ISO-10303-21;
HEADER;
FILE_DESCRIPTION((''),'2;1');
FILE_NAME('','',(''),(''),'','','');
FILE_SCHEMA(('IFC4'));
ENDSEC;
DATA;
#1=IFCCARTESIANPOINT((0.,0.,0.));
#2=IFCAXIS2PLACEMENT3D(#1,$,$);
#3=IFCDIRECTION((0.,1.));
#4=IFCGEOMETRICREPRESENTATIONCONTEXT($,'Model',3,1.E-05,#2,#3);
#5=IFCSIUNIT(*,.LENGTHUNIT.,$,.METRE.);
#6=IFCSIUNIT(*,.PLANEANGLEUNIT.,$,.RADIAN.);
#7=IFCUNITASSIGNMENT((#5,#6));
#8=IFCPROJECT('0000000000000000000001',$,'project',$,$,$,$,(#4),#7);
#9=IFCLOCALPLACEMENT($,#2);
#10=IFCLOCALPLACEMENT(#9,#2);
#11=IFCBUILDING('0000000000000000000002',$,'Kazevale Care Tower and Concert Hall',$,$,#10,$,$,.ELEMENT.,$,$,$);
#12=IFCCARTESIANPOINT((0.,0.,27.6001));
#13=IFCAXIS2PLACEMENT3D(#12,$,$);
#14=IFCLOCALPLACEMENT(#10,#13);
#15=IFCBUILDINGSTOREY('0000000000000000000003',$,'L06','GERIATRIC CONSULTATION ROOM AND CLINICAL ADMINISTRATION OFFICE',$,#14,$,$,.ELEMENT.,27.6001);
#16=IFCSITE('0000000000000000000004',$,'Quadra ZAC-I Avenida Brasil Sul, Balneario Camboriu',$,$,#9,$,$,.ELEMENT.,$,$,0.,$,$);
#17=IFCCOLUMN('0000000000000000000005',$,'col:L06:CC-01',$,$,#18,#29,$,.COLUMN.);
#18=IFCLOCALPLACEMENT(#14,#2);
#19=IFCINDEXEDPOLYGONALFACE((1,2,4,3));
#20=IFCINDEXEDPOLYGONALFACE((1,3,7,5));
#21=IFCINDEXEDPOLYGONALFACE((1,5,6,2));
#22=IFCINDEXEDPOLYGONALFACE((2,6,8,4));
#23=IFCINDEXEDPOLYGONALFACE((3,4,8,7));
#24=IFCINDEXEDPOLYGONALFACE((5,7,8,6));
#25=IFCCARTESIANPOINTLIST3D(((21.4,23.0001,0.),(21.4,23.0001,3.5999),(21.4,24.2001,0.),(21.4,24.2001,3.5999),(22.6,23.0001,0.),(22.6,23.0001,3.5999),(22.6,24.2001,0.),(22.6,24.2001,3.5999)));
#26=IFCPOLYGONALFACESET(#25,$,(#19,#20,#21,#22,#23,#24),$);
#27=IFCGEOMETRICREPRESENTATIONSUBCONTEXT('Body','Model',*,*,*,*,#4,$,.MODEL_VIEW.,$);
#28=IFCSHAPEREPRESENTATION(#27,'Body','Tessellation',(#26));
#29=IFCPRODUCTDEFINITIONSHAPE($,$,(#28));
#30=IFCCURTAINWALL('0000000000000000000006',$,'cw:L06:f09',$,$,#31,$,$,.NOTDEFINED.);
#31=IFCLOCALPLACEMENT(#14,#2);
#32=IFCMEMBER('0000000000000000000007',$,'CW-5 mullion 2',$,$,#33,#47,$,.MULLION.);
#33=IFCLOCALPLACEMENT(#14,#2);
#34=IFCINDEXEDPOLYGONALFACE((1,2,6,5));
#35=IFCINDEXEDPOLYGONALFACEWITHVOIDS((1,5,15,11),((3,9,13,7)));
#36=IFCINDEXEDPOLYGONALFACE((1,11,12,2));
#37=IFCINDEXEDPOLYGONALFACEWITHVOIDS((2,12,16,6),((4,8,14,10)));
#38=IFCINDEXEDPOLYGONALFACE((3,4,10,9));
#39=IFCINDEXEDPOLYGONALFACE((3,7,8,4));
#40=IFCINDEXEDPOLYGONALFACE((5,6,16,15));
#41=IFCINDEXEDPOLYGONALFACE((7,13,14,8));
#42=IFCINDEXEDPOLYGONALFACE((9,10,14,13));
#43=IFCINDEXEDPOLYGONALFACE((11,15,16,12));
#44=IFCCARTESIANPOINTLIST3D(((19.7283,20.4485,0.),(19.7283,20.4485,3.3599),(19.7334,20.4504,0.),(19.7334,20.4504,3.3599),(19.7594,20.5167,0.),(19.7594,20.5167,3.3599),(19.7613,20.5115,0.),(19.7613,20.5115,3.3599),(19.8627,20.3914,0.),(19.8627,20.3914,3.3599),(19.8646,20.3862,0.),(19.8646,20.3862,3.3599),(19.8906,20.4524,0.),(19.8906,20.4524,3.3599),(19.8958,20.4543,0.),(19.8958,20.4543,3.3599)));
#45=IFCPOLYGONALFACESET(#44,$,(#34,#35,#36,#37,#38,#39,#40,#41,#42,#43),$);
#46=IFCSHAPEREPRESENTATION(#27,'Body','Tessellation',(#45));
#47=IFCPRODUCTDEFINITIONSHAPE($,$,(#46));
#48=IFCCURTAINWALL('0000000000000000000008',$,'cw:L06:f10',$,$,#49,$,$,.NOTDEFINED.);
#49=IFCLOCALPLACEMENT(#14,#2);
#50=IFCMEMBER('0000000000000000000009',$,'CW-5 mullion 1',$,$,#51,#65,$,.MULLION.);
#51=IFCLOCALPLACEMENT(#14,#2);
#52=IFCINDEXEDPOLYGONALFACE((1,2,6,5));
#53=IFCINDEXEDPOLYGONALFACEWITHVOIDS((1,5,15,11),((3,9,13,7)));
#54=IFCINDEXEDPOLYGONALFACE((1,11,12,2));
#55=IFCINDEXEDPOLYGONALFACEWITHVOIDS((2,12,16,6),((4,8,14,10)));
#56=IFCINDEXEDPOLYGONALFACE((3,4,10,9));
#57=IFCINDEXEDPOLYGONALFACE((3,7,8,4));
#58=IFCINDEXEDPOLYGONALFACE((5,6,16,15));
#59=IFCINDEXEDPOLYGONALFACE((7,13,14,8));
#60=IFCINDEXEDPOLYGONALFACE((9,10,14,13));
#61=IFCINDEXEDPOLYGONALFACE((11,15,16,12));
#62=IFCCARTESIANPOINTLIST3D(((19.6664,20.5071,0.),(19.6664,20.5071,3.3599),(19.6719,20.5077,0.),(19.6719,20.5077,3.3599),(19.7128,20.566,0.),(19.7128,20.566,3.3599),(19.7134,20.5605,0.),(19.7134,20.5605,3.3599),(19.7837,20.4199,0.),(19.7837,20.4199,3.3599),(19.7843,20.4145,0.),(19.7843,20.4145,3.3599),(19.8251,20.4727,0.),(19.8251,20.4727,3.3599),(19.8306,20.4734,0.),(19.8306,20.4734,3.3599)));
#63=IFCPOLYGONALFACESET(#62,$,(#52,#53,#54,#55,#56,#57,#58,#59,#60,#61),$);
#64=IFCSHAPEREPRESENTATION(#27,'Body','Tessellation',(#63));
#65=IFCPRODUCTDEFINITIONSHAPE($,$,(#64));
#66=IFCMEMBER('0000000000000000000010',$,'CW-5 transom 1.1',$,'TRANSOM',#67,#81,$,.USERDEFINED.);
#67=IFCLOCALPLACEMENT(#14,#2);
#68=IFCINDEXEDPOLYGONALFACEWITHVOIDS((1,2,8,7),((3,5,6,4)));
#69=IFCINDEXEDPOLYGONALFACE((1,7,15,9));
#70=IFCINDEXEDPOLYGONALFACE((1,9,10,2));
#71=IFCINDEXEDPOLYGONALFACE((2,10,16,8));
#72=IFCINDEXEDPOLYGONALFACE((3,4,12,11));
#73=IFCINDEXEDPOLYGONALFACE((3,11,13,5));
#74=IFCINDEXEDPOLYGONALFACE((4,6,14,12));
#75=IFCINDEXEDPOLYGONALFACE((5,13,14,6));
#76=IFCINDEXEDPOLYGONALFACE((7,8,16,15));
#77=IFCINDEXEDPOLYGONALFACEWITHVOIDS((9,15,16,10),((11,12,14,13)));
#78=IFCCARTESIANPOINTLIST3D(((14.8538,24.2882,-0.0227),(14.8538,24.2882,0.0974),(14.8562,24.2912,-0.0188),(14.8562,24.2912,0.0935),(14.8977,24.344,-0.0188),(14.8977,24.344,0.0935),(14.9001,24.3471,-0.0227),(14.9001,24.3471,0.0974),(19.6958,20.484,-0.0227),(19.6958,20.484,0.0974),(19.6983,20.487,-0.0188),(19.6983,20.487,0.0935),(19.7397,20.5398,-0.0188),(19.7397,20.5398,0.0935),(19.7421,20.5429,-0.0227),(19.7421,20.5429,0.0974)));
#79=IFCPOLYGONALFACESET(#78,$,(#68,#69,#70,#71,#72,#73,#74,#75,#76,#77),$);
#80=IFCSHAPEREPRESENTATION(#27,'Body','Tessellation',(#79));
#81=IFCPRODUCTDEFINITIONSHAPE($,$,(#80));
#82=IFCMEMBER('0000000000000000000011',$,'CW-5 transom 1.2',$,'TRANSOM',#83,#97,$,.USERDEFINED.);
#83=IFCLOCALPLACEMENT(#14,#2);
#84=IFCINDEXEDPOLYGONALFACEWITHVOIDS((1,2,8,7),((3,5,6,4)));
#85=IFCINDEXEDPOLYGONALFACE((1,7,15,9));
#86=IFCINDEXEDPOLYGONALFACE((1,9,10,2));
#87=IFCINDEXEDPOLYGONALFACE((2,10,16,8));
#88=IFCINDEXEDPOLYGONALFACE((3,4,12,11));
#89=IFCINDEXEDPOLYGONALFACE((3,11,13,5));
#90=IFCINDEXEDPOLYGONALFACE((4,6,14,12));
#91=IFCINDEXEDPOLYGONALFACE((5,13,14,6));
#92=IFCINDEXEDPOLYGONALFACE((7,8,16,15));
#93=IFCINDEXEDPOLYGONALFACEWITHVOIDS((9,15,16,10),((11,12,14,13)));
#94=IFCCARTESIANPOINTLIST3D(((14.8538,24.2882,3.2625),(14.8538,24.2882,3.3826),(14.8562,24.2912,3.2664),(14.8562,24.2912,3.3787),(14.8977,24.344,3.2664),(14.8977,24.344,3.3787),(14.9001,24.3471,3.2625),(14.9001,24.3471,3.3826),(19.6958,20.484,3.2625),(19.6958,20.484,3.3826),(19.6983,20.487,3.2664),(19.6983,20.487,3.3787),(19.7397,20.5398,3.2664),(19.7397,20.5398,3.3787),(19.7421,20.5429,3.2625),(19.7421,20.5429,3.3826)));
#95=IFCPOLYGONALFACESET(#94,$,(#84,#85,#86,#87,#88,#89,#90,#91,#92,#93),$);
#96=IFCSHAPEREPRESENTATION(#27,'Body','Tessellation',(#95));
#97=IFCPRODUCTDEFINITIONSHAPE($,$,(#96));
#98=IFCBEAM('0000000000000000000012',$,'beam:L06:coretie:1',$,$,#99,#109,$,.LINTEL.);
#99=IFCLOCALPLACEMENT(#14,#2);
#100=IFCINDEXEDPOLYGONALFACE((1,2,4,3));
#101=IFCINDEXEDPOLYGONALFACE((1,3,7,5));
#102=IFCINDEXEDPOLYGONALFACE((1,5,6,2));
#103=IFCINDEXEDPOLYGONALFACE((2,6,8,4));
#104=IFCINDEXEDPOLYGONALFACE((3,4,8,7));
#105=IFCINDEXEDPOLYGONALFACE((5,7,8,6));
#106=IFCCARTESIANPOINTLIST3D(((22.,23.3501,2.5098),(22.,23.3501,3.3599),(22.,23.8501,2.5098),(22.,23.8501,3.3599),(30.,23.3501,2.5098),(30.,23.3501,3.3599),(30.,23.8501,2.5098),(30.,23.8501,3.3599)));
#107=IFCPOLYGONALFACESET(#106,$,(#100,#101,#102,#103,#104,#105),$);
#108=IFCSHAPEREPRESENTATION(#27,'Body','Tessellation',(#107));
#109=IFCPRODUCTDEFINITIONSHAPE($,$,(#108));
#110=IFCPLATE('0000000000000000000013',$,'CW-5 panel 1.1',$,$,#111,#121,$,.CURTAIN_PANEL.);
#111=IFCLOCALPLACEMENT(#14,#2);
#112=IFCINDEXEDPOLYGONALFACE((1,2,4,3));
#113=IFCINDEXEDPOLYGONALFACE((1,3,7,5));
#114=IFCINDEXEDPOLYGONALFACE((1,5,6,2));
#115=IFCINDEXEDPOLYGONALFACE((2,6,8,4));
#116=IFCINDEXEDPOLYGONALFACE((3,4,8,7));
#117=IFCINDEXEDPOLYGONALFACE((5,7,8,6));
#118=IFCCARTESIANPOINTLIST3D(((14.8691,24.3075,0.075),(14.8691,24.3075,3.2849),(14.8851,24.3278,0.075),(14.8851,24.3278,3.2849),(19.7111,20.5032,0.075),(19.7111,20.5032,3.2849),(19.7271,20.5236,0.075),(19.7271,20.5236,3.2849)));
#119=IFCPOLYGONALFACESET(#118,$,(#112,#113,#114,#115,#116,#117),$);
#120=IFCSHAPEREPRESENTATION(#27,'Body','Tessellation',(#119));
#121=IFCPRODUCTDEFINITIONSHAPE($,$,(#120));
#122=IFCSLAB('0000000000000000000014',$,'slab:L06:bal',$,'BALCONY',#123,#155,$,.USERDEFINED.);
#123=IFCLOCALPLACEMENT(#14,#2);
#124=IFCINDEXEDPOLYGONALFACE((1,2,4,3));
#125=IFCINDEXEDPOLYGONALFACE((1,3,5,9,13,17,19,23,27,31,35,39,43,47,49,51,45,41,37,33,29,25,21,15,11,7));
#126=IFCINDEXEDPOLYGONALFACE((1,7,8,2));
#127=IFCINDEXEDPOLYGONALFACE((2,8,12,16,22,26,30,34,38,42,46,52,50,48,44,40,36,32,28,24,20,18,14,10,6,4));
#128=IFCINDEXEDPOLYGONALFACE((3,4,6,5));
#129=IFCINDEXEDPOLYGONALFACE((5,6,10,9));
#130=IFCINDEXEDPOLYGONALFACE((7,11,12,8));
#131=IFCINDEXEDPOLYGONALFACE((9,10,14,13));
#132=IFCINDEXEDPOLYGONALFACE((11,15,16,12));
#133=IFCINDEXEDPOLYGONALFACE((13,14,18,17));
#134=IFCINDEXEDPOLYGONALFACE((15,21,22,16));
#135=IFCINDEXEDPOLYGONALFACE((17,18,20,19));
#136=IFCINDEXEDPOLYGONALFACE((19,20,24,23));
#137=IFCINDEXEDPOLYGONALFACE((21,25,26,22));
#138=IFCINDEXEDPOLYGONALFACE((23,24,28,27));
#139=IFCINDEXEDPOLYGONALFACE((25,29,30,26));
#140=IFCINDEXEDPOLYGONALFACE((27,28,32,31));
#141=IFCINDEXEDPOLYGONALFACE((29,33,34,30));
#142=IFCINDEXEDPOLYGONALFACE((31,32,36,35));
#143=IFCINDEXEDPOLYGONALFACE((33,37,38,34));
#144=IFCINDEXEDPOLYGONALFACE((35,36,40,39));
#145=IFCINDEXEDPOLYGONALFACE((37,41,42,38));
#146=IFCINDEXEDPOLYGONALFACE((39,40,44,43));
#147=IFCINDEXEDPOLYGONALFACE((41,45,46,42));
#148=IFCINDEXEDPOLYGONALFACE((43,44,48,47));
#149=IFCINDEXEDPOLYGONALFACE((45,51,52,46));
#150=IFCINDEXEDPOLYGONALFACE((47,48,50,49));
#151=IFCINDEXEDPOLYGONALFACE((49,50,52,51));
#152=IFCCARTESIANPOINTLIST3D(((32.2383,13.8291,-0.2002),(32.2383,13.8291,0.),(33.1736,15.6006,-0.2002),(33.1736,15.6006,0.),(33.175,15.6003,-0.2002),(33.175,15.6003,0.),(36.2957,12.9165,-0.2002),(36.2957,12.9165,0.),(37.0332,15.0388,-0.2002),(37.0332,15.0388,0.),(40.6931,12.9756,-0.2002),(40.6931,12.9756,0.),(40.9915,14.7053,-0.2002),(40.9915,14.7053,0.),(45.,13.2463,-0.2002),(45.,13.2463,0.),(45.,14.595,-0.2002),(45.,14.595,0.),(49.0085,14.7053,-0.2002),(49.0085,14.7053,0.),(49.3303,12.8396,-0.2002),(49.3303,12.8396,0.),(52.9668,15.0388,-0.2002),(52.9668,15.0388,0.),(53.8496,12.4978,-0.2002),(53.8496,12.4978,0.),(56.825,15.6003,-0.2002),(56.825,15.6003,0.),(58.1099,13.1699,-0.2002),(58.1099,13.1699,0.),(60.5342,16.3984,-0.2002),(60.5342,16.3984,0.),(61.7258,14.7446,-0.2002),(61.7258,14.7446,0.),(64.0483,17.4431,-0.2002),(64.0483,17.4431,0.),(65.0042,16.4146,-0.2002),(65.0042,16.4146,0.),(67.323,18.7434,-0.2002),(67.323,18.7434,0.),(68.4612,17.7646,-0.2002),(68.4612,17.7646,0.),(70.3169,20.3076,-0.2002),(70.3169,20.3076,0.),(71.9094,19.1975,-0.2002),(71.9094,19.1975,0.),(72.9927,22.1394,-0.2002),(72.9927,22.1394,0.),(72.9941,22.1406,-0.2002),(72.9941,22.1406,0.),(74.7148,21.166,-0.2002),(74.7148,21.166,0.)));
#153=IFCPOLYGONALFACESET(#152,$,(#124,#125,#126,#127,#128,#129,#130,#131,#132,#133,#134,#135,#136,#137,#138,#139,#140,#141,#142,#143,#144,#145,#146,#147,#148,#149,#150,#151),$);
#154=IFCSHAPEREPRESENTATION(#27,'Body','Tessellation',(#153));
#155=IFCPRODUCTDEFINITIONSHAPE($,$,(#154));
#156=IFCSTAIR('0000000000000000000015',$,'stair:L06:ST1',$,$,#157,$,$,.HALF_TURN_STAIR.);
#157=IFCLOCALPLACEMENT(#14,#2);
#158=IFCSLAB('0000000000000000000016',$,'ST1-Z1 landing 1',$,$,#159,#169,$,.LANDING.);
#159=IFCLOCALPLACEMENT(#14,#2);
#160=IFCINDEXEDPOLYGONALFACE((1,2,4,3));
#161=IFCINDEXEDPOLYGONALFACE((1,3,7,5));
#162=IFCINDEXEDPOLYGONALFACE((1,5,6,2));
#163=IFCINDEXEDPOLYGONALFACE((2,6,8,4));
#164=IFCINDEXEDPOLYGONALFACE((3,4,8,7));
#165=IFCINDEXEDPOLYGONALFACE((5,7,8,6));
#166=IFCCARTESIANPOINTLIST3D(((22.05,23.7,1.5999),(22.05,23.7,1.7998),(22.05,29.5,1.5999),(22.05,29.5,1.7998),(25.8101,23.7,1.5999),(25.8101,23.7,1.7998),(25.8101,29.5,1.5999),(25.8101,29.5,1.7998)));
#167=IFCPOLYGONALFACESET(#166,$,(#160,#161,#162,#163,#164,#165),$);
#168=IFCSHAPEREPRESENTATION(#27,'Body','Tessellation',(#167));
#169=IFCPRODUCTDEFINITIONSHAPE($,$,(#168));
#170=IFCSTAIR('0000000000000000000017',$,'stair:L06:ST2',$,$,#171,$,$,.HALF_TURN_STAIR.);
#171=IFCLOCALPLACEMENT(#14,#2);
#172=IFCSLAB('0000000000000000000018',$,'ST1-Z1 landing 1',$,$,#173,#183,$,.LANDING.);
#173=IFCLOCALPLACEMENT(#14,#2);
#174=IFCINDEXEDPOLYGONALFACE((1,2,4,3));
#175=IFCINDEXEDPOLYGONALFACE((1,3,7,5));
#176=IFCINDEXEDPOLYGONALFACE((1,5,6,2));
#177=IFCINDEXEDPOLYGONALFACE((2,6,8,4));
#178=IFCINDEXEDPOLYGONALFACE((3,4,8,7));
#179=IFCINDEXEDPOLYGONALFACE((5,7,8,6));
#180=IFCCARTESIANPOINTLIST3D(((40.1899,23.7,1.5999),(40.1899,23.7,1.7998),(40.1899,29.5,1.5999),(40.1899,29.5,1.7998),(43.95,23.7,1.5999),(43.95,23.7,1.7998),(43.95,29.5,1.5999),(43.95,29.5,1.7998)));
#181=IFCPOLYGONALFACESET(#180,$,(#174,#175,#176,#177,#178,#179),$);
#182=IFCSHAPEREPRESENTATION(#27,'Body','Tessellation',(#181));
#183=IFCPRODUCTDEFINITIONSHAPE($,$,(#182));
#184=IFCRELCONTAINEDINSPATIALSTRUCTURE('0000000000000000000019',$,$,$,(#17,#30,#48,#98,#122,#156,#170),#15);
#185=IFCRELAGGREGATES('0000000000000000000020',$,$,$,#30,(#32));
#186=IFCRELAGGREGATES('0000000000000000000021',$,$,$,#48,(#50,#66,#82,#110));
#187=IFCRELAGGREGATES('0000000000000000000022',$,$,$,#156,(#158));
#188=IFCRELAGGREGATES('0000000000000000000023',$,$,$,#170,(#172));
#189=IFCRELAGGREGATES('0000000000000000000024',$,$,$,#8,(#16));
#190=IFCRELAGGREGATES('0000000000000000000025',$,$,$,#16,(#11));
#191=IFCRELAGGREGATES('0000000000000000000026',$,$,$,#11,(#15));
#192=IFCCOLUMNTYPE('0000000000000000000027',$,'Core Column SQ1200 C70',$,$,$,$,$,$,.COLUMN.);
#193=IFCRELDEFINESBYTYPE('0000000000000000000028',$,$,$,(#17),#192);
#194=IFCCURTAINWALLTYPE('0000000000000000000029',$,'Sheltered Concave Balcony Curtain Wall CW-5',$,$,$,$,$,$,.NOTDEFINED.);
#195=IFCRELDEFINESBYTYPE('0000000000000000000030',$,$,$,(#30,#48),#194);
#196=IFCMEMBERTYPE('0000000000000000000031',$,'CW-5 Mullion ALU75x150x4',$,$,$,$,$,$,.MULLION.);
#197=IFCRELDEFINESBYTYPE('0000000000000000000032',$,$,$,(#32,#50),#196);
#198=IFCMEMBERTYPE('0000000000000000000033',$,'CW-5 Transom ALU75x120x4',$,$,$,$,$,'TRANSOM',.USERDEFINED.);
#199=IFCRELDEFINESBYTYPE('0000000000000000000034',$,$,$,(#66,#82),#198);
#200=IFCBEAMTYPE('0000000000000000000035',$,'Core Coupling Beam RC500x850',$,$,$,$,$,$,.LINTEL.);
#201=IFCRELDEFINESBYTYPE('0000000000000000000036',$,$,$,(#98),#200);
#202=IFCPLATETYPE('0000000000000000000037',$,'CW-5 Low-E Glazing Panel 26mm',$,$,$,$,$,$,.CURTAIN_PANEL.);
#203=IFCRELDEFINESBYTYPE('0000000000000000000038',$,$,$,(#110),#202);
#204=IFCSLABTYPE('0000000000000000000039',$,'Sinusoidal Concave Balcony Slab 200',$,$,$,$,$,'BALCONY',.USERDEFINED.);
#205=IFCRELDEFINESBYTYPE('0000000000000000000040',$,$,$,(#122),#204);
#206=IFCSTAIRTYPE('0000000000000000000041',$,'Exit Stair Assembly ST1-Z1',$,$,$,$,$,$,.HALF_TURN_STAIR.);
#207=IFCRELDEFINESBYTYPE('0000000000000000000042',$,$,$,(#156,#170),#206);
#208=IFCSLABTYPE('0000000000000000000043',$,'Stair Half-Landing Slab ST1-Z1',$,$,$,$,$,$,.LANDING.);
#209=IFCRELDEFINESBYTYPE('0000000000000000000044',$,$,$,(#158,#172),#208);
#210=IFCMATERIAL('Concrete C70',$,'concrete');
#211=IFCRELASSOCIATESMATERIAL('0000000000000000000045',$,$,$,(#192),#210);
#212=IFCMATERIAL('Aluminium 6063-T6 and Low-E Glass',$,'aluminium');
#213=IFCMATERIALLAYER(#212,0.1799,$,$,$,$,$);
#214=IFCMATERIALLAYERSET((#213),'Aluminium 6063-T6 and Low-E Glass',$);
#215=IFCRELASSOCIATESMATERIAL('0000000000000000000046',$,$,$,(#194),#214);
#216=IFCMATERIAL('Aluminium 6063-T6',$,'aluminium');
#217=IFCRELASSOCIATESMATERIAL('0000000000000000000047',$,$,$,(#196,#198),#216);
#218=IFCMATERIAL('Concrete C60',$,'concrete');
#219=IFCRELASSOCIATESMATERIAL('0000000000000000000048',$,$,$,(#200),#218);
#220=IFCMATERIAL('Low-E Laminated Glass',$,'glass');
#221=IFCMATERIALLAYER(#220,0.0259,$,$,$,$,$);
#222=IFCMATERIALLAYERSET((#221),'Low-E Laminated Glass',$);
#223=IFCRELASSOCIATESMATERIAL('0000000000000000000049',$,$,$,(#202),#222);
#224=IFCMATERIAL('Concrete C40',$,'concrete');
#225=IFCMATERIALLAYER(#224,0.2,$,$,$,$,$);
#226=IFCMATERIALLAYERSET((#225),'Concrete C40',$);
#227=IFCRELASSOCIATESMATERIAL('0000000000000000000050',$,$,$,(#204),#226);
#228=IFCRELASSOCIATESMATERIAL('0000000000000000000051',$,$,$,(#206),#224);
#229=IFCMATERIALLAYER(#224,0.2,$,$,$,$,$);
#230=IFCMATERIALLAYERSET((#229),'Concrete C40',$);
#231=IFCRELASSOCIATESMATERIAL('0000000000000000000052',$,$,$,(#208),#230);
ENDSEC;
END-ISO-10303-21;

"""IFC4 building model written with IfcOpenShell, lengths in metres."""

from ifc_helpers import new_model, si_unit, direction, frame, origin, origin_2d, place, context, subcontext, project, spatial, polyline, rectangle, hollow_rectangle, outline, extrude, material, layer, layer_set, material_profile, profile_set, type_object, element, aggregate, save


model = new_model("IFC4")

# Units and contexts
model_context = context("Model", 3, precision=1e-05, world=origin(), true_north=direction((0.0, 1.0)))
body_context = subcontext(model_context, "Body", "Model", "MODEL_VIEW")
ifc_project = project(units=[si_unit("LENGTHUNIT", "METRE"), si_unit("PLANEANGLEUNIT", "RADIAN")], contexts=[model_context])

# Site, building, storey
site_placement = place(None, origin())
site = spatial("IfcSite", under=ifc_project, at=site_placement, Name="Quadra ZAC-I Avenida Brasil Sul, Balneario Camboriu", CompositionType="ELEMENT", RefElevation=0.0)
building_placement = place(site_placement, origin())
building = spatial("IfcBuilding", under=site, at=building_placement, Name="Kazevale Care Tower and Concert Hall", CompositionType="ELEMENT")
storey_placement = place(building_placement, frame((0.0, 0.0, 27.6001)))
storey = spatial("IfcBuildingStorey", under=building, at=storey_placement, Name="L06", Description="GERIATRIC CONSULTATION ROOM AND CLINICAL ADMINISTRATION OFFICE", CompositionType="ELEMENT", Elevation=27.6001)

# Column
ifc_material_1 = material(Name="Concrete C70", Category="concrete")
ifc_material_profile_1 = material_profile(ifc_material_1, rectangle(XDim=1.2, YDim=1.2, at=origin_2d()), Name="RC-SQ1200")
ifc_profile_set_1 = profile_set([ifc_material_profile_1], Name="Concrete C70")
column_type = type_object("IfcColumnType", Name="Core Column SQ1200 C70", PredefinedType="COLUMN", material=ifc_profile_set_1)
column_placement = place(storey_placement, frame((22.0, 23.6001, 0.0), z_axis=(0.0, 0.0, 1.0), x_axis=(1.0, 0.0, 0.0)))
element("IfcColumn", 1, at=column_placement, inside=storey, type_object=column_type, Name="col:L06:CC-01", PredefinedType="COLUMN", context=body_context, shape_type="SweptSolid", body=[
    extrude(rectangle(XDim=1.2, YDim=1.2, at=origin_2d()), origin(), (0.0, 0.0, 1.0), 3.5999),
])

# Curtain wall, member
ifc_material_2 = material(Name="Aluminium 6063-T6 and Low-E Glass", Category="aluminium")
ifc_layer_1 = layer(ifc_material_2, 0.1799)
ifc_layer_set_1 = layer_set([ifc_layer_1], Name="Aluminium 6063-T6 and Low-E Glass")
curtain_wall_type = type_object("IfcCurtainWallType", Name="Sheltered Concave Balcony Curtain Wall CW-5", PredefinedType="NOTDEFINED", material=ifc_layer_set_1)
curtain_wall_1_placement = place(storey_placement, origin())
curtain_wall_1 = element("IfcCurtainWall", 2, at=curtain_wall_1_placement, inside=storey, type_object=curtain_wall_type, Name="cw:L06:f09", PredefinedType="NOTDEFINED")
ifc_material_3 = material(Name="Aluminium 6063-T6", Category="aluminium")
ifc_material_profile_2 = material_profile(ifc_material_3, hollow_rectangle(XDim=0.075, YDim=0.1499, WallThickness=0.0039, at=origin_2d()), Name="ALU75x150x4")
ifc_profile_set_2 = profile_set([ifc_material_profile_2], Name="Aluminium 6063-T6")
member_type_1 = type_object("IfcMemberType", Name="CW-5 Mullion ALU75x150x4", PredefinedType="MULLION", material=ifc_profile_set_2)
member_1_placement = place(storey_placement, frame((19.812, 20.4514, 0.0), z_axis=(0.0, 0.0, 1.0), x_axis=(-0.41566, -0.90952, 0.0)))
member_1 = element("IfcMember", 3, at=member_1_placement, type_object=member_type_1, Name="CW-5 mullion 2", PredefinedType="MULLION", context=body_context, shape_type="SweptSolid", body=[
    extrude(hollow_rectangle(XDim=0.075, YDim=0.1499, WallThickness=0.0039, at=origin_2d()), origin(), (0.0, 0.0, 1.0), 3.3599),
])
aggregate(curtain_wall_1, [member_1])

# Curtain wall, members
curtain_wall_2_placement = place(storey_placement, origin())
curtain_wall_2 = element("IfcCurtainWall", 4, at=curtain_wall_2_placement, inside=storey, type_object=curtain_wall_type, Name="cw:L06:f10", PredefinedType="NOTDEFINED")
member_2_placement = place(storey_placement, frame((19.7485, 20.4902, 0.0), z_axis=(0.0, 0.0, 1.0), x_axis=(-0.617808, -0.786329, 0.0)))
member_2 = element("IfcMember", 5, at=member_2_placement, type_object=member_type_1, Name="CW-5 mullion 1", PredefinedType="MULLION", context=body_context, shape_type="SweptSolid", body=[
    extrude(hollow_rectangle(XDim=0.075, YDim=0.1499, WallThickness=0.0039, at=origin_2d()), origin(), (0.0, 0.0, 1.0), 3.3599),
])
ifc_material_profile_3 = material_profile(ifc_material_3, hollow_rectangle(XDim=0.075, YDim=0.1201, WallThickness=0.0039, at=origin_2d()), Name="ALU75x120x4")
ifc_profile_set_3 = profile_set([ifc_material_profile_3], Name="Aluminium 6063-T6")
member_type_2 = type_object("IfcMemberType", Name="CW-5 Transom ALU75x120x4", ElementType="TRANSOM", PredefinedType="USERDEFINED", material=ifc_profile_set_3)
member_3_placement = place(storey_placement, frame((19.719, 20.5134, 0.0374), z_axis=(-0.786339, 0.617795, 0.0), x_axis=(-0.617795, -0.786339, 0.0)))
member_3 = element("IfcMember", 6, at=member_3_placement, type_object=member_type_2, Name="CW-5 transom 1.1", ObjectType="TRANSOM", PredefinedType="USERDEFINED", context=body_context, shape_type="SweptSolid", body=[
    extrude(hollow_rectangle(XDim=0.075, YDim=0.1201, WallThickness=0.0039, at=origin_2d()), origin(), (0.0, 0.0, 1.0), 6.1577),
])
member_4_placement = place(storey_placement, frame((19.719, 20.5134, 3.3225), z_axis=(-0.786339, 0.617795, 0.0), x_axis=(-0.617795, -0.786339, 0.0)))
member_4 = element("IfcMember", 7, at=member_4_placement, type_object=member_type_2, Name="CW-5 transom 1.2", ObjectType="TRANSOM", PredefinedType="USERDEFINED", context=body_context, shape_type="SweptSolid", body=[
    extrude(hollow_rectangle(XDim=0.075, YDim=0.1201, WallThickness=0.0039, at=origin_2d()), origin(), (0.0, 0.0, 1.0), 6.1577),
])

# Beam
ifc_material_4 = material(Name="Concrete C60", Category="concrete")
ifc_material_profile_4 = material_profile(ifc_material_4, rectangle(XDim=0.5, YDim=0.8501, at=origin_2d()), Name="RC-B500x850")
ifc_profile_set_4 = profile_set([ifc_material_profile_4], Name="Concrete C60")
beam_type = type_object("IfcBeamType", Name="Core Coupling Beam RC500x850", PredefinedType="LINTEL", material=ifc_profile_set_4)
beam_placement = place(storey_placement, frame((22.0, 23.6001, 2.9348), z_axis=(1.0, 0.0, 0.0), x_axis=(0.0, 1.0, 0.0)))
element("IfcBeam", 8, at=beam_placement, inside=storey, type_object=beam_type, Name="beam:L06:coretie:1", PredefinedType="LINTEL", context=body_context, shape_type="SweptSolid", body=[
    extrude(rectangle(XDim=0.5, YDim=0.8501, at=origin_2d()), origin(), (0.0, 0.0, 1.0), 8.0),
])

# Plate
ifc_material_5 = material(Name="Low-E Laminated Glass", Category="glass")
ifc_layer_2 = layer(ifc_material_5, 0.0259)
ifc_layer_set_2 = layer_set([ifc_layer_2], Name="Low-E Laminated Glass")
plate_type = type_object("IfcPlateType", Name="CW-5 Low-E Glazing Panel 26mm", PredefinedType="CURTAIN_PANEL", material=ifc_layer_set_2)
plate_placement = place(storey_placement, frame((17.2981, 22.4155, 0.075), z_axis=(0.0, 0.0, 1.0), x_axis=(-0.786329, 0.617808, 0.0)))
plate = element("IfcPlate", 9, at=plate_placement, type_object=plate_type, Name="CW-5 panel 1.1", PredefinedType="CURTAIN_PANEL", context=body_context, shape_type="SweptSolid", body=[
    extrude(rectangle(XDim=6.1577, YDim=0.0259, at=origin_2d()), origin(), (0.0, 0.0, 1.0), 3.21),
])
aggregate(curtain_wall_2, [member_2, member_3, member_4, plate])

# Slab
ifc_material_6 = material(Name="Concrete C40", Category="concrete")
ifc_layer_3 = layer(ifc_material_6, 0.2)
ifc_layer_set_3 = layer_set([ifc_layer_3], Name="Concrete C40")
slab_type_1 = type_object("IfcSlabType", Name="Sinusoidal Concave Balcony Slab 200", ElementType="BALCONY", PredefinedType="USERDEFINED", material=ifc_layer_set_3)
slab_1_placement = place(storey_placement, frame((0.0, 0.0, -0.2002)))
element("IfcSlab", 10, at=slab_1_placement, inside=storey, type_object=slab_type_1, Name="slab:L06:bal", ObjectType="BALCONY", PredefinedType="USERDEFINED", context=body_context, shape_type="SweptSolid", body=[
    extrude(outline(polyline([(74.7148, 21.166), (71.9094, 19.1975), (68.4612, 17.7646), (65.0042, 16.4146), (61.7258, 14.7446), (58.1099, 13.1699), (53.8496, 12.4978), (49.3303, 12.8396), (45.0, 13.2463), (40.6931, 12.9756), (36.2957, 12.9165), (32.2383, 13.8291), (33.1736, 15.6006), (33.175, 15.6003), (37.0332, 15.0388), (40.9915, 14.7053), (45.0, 14.595), (49.0085, 14.7053), (52.9668, 15.0388), (56.825, 15.6003), (60.5342, 16.3984), (64.0483, 17.4431), (67.323, 18.7434), (70.3169, 20.3076), (72.9927, 22.1394), (72.9941, 22.1406), (74.7148, 21.166)])), origin(), (0.0, 0.0, 1.0), 0.2002),
])

# Stairs, slabs
stair_type = type_object("IfcStairType", Name="Exit Stair Assembly ST1-Z1", PredefinedType="HALF_TURN_STAIR", material=ifc_material_6)
stair_1_placement = place(storey_placement, origin())
stair_1 = element("IfcStair", 11, at=stair_1_placement, inside=storey, type_object=stair_type, Name="stair:L06:ST1", PredefinedType="HALF_TURN_STAIR")
ifc_layer_4 = layer(ifc_material_6, 0.2)
ifc_layer_set_4 = layer_set([ifc_layer_4], Name="Concrete C40")
slab_type_2 = type_object("IfcSlabType", Name="Stair Half-Landing Slab ST1-Z1", PredefinedType="LANDING", material=ifc_layer_set_4)
slab_2_placement = place(storey_placement, frame((0.0, 0.0, 1.5999)))
slab_2 = element("IfcSlab", 12, at=slab_2_placement, type_object=slab_type_2, Name="ST1-Z1 landing 1", PredefinedType="LANDING", context=body_context, shape_type="SweptSolid", body=[
    extrude(outline(polyline([(22.05, 23.7), (25.8101, 23.7), (25.8101, 29.5), (22.05, 29.5), (22.05, 23.7)])), origin(), (0.0, 0.0, 1.0), 0.2),
])
aggregate(stair_1, [slab_2])
stair_2_placement = place(storey_placement, origin())
stair_2 = element("IfcStair", 13, at=stair_2_placement, inside=storey, type_object=stair_type, Name="stair:L06:ST2", PredefinedType="HALF_TURN_STAIR")
slab_3_placement = place(storey_placement, frame((0.0, 0.0, 1.5999)))
slab_3 = element("IfcSlab", 14, at=slab_3_placement, type_object=slab_type_2, Name="ST1-Z1 landing 1", PredefinedType="LANDING", context=body_context, shape_type="SweptSolid", body=[
    extrude(outline(polyline([(40.1899, 23.7), (43.95, 23.7), (43.95, 29.5), (40.1899, 29.5), (40.1899, 23.7)])), origin(), (0.0, 0.0, 1.0), 0.2),
])
aggregate(stair_2, [slab_3])

save(model, "model.ifc")
